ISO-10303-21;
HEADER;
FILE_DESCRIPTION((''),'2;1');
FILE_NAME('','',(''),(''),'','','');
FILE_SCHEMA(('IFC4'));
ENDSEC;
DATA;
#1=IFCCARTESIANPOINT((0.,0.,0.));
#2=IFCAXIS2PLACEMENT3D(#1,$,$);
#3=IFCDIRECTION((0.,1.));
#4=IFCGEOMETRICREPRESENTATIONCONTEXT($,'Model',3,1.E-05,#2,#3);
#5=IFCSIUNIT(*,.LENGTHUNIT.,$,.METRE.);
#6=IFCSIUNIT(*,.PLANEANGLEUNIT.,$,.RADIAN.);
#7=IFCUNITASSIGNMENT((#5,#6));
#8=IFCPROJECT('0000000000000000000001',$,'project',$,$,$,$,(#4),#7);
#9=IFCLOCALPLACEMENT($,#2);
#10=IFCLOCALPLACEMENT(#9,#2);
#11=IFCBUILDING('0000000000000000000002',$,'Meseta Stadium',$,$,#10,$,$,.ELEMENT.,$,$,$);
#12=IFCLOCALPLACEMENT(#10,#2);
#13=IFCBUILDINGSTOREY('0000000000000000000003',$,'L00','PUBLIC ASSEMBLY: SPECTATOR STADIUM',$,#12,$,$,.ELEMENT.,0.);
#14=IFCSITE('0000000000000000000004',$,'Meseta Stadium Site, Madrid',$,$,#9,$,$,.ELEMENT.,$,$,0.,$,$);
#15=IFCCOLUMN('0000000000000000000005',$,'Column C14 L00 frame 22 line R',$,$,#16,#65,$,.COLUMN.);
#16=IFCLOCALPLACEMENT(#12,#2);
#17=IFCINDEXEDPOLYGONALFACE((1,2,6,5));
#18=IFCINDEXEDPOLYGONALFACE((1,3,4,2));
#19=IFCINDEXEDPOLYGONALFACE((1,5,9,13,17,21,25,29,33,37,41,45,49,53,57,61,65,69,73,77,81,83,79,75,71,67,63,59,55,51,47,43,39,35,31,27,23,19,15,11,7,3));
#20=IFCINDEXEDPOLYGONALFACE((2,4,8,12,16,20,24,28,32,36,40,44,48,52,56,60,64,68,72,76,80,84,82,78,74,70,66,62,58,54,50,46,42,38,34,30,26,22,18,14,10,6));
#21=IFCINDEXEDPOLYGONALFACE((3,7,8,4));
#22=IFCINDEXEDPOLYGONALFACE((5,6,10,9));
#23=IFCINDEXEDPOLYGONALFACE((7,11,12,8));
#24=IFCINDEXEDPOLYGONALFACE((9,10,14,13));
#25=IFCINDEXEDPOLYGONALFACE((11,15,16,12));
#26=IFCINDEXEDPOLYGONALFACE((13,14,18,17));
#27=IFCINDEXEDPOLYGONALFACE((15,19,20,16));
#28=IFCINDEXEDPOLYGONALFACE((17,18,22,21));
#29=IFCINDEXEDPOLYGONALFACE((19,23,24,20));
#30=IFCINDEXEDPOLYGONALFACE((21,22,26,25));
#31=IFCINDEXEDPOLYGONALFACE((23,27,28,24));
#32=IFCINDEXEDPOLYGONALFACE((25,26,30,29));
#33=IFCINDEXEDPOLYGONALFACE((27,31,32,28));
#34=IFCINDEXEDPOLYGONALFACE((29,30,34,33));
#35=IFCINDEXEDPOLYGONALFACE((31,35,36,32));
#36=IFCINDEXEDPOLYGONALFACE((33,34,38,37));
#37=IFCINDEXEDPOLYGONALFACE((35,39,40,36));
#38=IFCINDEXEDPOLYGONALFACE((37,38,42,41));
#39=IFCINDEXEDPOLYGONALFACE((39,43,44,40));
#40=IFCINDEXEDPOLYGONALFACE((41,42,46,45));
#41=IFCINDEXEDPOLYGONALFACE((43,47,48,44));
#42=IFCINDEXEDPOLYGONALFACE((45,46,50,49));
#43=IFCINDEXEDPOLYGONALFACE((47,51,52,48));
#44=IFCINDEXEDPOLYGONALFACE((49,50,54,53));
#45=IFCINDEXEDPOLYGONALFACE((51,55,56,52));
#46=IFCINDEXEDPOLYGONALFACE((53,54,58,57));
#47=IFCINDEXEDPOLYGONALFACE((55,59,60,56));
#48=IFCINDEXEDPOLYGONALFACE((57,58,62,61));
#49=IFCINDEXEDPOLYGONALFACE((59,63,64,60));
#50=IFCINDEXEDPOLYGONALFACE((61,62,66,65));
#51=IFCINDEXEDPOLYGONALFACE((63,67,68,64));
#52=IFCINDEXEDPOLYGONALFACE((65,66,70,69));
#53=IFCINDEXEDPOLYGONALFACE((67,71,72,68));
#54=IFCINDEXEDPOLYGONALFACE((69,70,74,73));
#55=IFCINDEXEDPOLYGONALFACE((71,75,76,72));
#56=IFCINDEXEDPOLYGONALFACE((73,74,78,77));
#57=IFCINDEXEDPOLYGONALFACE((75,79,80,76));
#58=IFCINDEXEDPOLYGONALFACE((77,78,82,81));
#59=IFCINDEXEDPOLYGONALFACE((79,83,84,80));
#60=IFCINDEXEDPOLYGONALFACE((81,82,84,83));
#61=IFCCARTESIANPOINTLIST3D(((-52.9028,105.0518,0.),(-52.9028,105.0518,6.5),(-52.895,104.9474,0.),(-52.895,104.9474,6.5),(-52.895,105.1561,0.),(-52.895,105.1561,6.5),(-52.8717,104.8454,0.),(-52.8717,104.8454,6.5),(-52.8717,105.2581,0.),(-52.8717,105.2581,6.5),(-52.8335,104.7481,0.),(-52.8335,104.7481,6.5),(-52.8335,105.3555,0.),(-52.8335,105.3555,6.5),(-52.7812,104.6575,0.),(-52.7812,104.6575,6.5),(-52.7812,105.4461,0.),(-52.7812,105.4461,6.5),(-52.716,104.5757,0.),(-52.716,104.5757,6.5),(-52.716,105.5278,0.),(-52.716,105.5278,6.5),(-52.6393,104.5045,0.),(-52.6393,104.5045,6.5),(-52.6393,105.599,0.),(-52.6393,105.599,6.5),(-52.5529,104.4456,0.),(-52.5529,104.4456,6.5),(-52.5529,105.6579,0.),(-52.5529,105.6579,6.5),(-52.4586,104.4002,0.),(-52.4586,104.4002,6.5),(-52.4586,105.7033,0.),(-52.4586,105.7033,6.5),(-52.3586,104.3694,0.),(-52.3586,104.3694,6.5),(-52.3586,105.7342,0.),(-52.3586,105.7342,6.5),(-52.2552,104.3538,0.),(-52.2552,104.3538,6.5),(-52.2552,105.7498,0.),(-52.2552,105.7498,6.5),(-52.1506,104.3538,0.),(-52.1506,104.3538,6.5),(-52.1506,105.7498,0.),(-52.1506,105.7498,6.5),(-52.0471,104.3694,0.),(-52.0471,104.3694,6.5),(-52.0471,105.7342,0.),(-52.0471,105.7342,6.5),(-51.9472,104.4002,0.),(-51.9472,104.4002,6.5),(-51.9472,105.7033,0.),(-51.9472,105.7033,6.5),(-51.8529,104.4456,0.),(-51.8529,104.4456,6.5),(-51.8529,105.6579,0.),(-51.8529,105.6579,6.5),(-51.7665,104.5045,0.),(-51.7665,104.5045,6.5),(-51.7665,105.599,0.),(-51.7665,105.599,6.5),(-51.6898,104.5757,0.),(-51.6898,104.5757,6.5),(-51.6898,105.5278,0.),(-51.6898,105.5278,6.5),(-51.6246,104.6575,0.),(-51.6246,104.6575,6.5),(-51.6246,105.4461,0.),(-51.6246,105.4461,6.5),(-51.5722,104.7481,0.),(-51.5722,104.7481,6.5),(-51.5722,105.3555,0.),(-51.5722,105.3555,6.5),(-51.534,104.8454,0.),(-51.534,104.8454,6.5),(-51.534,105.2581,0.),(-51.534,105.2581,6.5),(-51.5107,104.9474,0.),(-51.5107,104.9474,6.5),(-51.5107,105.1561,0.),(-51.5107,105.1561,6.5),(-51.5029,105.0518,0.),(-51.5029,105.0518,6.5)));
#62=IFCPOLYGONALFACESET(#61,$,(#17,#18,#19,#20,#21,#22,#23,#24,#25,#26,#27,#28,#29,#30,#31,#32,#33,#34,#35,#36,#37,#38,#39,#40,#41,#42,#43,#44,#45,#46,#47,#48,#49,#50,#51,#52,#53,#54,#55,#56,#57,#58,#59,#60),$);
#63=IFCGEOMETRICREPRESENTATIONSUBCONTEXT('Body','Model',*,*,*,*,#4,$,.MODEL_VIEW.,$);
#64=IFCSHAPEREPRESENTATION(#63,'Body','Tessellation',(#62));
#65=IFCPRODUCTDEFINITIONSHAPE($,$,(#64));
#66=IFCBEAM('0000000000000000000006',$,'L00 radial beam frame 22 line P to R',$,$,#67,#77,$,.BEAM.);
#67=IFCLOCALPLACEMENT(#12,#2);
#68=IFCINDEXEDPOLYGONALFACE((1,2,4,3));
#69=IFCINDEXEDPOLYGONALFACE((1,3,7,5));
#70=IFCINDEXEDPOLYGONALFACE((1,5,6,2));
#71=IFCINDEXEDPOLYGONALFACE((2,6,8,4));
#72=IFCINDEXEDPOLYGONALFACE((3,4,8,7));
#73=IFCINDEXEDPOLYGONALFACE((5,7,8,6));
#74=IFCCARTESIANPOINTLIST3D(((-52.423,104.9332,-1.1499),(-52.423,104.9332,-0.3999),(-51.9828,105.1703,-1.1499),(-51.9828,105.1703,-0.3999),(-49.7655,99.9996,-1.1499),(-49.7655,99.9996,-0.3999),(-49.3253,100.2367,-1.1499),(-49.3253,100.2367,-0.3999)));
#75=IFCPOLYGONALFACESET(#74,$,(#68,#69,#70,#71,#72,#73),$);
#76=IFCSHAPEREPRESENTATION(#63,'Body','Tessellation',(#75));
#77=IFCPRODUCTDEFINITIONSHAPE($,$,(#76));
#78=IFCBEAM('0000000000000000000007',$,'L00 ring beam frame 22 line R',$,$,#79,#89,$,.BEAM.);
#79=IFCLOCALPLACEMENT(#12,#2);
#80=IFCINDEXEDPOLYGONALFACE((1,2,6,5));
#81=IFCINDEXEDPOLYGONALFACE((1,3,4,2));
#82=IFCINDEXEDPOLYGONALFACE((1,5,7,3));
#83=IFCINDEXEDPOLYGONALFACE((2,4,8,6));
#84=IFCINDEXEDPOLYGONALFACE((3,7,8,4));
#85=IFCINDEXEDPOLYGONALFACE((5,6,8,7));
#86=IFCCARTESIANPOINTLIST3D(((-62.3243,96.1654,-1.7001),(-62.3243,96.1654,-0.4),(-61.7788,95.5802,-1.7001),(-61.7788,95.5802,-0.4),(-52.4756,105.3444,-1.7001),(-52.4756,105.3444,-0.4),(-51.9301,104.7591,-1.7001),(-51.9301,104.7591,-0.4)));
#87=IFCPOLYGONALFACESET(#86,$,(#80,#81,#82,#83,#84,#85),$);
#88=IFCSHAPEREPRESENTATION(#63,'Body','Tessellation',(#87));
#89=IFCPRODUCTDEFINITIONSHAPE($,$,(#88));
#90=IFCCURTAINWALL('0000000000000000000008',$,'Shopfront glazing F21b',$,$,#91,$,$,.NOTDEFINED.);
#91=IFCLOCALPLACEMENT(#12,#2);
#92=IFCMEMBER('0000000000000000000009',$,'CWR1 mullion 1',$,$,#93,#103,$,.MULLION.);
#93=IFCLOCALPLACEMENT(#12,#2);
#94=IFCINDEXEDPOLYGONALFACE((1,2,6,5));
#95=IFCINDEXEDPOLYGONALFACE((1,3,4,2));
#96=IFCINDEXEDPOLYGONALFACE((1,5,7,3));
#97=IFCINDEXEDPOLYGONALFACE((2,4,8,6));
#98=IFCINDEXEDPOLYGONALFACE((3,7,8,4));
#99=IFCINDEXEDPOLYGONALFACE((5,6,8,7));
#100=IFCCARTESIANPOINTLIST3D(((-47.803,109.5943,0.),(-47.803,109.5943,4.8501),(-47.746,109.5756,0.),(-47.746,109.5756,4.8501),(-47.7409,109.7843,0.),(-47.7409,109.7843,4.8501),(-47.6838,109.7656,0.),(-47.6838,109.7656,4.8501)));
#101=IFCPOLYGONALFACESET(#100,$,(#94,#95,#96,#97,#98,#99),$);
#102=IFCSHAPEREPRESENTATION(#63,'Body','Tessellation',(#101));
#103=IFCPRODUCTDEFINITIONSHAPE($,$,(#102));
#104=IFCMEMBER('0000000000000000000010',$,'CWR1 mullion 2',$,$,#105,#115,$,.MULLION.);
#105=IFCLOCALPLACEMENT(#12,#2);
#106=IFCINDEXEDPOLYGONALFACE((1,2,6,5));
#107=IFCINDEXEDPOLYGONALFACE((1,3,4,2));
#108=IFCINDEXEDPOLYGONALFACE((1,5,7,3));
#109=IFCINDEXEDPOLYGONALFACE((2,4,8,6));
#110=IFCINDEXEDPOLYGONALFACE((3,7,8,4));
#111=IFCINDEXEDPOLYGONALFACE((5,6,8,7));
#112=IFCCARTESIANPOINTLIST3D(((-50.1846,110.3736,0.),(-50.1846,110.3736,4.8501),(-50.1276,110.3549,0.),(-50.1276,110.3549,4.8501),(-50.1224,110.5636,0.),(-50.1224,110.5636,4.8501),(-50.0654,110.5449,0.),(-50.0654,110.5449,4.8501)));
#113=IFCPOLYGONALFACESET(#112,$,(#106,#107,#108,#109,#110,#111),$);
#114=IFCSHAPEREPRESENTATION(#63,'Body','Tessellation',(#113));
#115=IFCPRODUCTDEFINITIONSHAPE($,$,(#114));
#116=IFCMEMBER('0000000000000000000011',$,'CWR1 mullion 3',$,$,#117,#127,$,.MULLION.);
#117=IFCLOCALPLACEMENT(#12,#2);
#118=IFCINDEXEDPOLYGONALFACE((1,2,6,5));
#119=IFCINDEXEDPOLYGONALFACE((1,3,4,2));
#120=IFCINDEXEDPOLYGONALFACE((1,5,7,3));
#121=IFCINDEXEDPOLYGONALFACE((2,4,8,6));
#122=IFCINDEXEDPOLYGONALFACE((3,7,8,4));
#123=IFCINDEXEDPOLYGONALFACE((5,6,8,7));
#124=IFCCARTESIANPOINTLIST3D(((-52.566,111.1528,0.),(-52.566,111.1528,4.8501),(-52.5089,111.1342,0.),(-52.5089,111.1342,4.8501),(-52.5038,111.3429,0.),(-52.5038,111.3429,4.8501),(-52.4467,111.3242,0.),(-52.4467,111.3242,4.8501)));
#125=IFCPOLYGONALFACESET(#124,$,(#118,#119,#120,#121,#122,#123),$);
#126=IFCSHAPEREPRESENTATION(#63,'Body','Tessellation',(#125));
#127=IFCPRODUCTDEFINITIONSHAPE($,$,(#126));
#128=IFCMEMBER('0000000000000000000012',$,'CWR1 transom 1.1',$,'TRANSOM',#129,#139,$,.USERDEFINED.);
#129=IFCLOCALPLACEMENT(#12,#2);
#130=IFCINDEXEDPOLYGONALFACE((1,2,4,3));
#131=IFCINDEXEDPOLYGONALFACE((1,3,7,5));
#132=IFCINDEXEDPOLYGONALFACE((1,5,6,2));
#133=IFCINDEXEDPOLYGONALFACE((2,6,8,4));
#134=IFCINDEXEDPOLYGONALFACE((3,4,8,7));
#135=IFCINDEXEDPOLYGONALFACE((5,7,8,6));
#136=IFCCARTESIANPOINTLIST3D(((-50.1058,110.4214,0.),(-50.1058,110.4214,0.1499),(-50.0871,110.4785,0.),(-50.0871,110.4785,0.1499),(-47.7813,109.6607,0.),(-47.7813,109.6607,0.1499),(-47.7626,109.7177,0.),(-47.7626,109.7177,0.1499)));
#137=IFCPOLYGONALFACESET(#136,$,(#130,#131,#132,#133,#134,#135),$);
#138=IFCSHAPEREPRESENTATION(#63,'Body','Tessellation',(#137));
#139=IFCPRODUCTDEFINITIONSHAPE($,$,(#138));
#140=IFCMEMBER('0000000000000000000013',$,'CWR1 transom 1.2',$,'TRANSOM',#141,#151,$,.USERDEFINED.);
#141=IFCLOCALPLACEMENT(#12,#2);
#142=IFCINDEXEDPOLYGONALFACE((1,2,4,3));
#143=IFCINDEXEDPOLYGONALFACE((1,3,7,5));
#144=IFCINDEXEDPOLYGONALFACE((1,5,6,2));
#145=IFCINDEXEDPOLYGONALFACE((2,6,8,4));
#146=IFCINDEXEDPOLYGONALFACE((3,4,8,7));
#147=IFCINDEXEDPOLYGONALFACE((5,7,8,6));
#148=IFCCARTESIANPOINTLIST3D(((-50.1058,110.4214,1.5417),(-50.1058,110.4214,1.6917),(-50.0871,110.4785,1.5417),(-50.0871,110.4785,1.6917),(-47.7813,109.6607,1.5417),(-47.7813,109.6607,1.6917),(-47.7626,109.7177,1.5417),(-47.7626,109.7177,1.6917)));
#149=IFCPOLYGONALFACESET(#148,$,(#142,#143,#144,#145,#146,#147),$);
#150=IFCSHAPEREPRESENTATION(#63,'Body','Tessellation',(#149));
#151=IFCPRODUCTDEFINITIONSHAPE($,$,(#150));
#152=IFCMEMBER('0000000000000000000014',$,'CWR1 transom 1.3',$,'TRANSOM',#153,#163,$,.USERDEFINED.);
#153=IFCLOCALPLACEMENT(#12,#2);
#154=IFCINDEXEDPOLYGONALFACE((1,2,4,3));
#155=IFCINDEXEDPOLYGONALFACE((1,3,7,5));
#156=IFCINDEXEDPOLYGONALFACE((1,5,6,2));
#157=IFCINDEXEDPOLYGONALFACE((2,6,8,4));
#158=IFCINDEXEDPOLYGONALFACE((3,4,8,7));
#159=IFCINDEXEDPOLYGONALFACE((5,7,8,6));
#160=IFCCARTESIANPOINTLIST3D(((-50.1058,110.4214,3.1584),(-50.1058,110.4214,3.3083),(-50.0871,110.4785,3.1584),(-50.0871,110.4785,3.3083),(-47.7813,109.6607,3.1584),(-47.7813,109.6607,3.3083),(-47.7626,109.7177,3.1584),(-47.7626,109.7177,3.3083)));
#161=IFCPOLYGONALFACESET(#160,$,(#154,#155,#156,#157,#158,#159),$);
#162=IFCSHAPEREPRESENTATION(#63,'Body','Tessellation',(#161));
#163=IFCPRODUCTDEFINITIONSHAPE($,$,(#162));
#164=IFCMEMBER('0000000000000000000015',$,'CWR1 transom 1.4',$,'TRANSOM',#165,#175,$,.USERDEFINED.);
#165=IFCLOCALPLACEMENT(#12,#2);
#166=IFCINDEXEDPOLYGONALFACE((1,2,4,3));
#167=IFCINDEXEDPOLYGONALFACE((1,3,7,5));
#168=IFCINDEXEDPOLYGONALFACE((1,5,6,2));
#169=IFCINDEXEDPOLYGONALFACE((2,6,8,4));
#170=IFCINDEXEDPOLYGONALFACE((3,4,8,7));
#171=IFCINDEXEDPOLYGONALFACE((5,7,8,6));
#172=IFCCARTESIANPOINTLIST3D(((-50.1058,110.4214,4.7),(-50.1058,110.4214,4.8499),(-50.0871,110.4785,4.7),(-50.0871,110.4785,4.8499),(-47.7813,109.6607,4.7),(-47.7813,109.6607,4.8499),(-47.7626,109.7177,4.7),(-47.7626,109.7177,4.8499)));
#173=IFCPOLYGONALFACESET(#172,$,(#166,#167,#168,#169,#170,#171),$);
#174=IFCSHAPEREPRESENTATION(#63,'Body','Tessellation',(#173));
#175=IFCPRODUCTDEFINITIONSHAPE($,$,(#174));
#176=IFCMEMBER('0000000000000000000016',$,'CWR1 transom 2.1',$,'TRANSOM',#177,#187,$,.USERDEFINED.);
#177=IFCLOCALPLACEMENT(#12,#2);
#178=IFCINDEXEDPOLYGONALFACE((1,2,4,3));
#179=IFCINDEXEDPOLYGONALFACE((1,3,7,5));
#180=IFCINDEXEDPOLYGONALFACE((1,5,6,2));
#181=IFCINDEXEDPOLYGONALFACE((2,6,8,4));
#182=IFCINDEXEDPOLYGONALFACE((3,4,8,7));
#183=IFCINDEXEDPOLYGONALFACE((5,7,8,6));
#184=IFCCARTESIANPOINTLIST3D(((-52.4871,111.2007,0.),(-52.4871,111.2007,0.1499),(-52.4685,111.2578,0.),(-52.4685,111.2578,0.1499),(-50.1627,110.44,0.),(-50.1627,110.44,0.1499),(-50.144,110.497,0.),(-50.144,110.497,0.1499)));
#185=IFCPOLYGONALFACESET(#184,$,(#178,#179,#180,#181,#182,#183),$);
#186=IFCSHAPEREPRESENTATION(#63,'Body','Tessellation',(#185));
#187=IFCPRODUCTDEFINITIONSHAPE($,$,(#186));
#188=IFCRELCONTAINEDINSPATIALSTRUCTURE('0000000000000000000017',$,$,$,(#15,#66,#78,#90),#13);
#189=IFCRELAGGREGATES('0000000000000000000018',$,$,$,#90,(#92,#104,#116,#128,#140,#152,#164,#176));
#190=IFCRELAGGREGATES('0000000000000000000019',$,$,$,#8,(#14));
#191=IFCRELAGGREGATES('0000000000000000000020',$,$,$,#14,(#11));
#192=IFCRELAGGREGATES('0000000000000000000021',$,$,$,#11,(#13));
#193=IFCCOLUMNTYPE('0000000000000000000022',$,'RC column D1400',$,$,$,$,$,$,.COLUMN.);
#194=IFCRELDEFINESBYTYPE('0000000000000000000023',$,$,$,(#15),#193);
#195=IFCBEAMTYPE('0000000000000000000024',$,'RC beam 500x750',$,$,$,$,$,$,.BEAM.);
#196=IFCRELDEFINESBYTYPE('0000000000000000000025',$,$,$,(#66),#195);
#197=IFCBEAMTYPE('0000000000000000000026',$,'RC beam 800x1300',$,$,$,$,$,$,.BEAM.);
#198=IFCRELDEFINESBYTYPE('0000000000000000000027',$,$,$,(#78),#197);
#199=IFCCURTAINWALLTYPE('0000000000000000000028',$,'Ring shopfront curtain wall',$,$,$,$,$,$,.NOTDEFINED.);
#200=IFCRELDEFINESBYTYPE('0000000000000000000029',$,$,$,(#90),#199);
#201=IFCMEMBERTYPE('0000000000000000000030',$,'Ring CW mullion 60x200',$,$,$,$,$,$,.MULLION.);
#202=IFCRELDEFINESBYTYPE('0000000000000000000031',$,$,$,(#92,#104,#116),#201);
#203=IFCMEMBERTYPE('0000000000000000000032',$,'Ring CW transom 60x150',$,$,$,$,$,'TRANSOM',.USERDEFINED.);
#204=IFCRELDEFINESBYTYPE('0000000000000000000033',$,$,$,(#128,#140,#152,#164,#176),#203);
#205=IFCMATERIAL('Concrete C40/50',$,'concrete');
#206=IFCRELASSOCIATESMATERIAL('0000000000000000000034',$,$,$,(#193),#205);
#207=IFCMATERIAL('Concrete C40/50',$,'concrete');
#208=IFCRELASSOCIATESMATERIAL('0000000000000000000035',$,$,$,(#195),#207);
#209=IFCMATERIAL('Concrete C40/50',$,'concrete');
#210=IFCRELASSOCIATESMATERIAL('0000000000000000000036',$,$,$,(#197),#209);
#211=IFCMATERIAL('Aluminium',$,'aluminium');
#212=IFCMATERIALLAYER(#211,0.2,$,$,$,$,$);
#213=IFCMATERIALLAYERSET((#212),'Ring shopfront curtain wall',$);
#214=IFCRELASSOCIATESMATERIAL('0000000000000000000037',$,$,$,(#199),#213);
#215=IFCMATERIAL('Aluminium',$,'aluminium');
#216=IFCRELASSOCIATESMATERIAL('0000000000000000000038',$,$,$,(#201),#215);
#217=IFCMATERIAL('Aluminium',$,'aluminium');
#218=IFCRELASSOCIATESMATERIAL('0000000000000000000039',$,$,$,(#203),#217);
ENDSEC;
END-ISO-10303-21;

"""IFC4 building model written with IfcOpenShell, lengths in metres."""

from ifc_helpers import new_model, si_unit, direction, frame, origin, origin_2d, place, context, subcontext, project, spatial, rectangle, circle, extrude, material, layer, layer_set, material_profile, profile_set, type_object, element, aggregate, save


model = new_model("IFC4")

# Units and contexts
model_context = context("Model", 3, precision=1e-05, world=origin(), true_north=direction((0.0, 1.0)))
body_context = subcontext(model_context, "Body", "Model", "MODEL_VIEW")
ifc_project = project(units=[si_unit("LENGTHUNIT", "METRE"), si_unit("PLANEANGLEUNIT", "RADIAN")], contexts=[model_context])

# Site, building, storey
site_placement = place(None, origin())
site = spatial("IfcSite", under=ifc_project, at=site_placement, Name="Meseta Stadium Site, Madrid", CompositionType="ELEMENT", RefElevation=0.0)
building_placement = place(site_placement, origin())
building = spatial("IfcBuilding", under=site, at=building_placement, Name="Meseta Stadium", CompositionType="ELEMENT")
storey_placement = place(building_placement, origin())
storey = spatial("IfcBuildingStorey", under=building, at=storey_placement, Name="L00", Description="PUBLIC ASSEMBLY: SPECTATOR STADIUM", CompositionType="ELEMENT", Elevation=0.0)

# Column
ifc_material_1 = material(Name="Concrete C40/50", Category="concrete")
ifc_material_profile_1 = material_profile(ifc_material_1, circle(Radius=0.7, at=origin_2d()), Name="RC D1400")
ifc_profile_set_1 = profile_set([ifc_material_profile_1], Name="Concrete C40/50")
column_type = type_object("IfcColumnType", Name="RC column D1400", PredefinedType="COLUMN", material=ifc_profile_set_1)
column_placement = place(storey_placement, frame((-52.2029, 105.0518, 0.0), z_axis=(0.0, 0.0, 1.0), x_axis=(1.0, 0.0, 0.0)))
element("IfcColumn", 1, at=column_placement, inside=storey, type_object=column_type, Name="Column C14 L00 frame 22 line R", PredefinedType="COLUMN", context=body_context, shape_type="SweptSolid", body=[
    extrude(circle(Radius=0.7, at=origin_2d()), origin(), (0.0, 0.0, 1.0), 6.5),
])

# Beams
ifc_material_2 = material(Name="Concrete C40/50", Category="concrete")
ifc_material_profile_2 = material_profile(ifc_material_2, rectangle(XDim=0.5, YDim=0.75, at=origin_2d()), Name="RC 500x750")
ifc_profile_set_2 = profile_set([ifc_material_profile_2], Name="Concrete C40/50")
beam_type_1 = type_object("IfcBeamType", Name="RC beam 500x750", PredefinedType="BEAM", material=ifc_profile_set_2)
beam_1_placement = place(storey_placement, frame((-49.5454, 100.1182, -0.7749), z_axis=(-0.474227, 0.880403, 0.0), x_axis=(-0.880403, -0.474227, 0.0)))
element("IfcBeam", 2, at=beam_1_placement, inside=storey, type_object=beam_type_1, Name="L00 radial beam frame 22 line P to R", PredefinedType="BEAM", context=body_context, shape_type="SweptSolid", body=[
    extrude(rectangle(XDim=0.5, YDim=0.75, at=origin_2d()), origin(), (0.0, 0.0, 1.0), 5.6038),
])
ifc_material_3 = material(Name="Concrete C40/50", Category="concrete")
ifc_material_profile_3 = material_profile(ifc_material_3, rectangle(XDim=0.8, YDim=1.3, at=origin_2d()), Name="RC 800x1300")
ifc_profile_set_3 = profile_set([ifc_material_profile_3], Name="Concrete C40/50")
beam_type_2 = type_object("IfcBeamType", Name="RC beam 800x1300", PredefinedType="BEAM", material=ifc_profile_set_3)
beam_2_placement = place(storey_placement, frame((-52.2029, 105.0518, -1.05), z_axis=(-0.731541, -0.681798, 0.0), x_axis=(0.681798, -0.731541, 0.0)))
element("IfcBeam", 3, at=beam_2_placement, inside=storey, type_object=beam_type_2, Name="L00 ring beam frame 22 line R", PredefinedType="BEAM", context=body_context, shape_type="SweptSolid", body=[
    extrude(rectangle(XDim=0.8, YDim=1.3, at=origin_2d()), origin(), (0.0, 0.0, 1.0), 13.4629),
])

# Curtain wall, members
ifc_material_4 = material(Name="Aluminium", Category="aluminium")
ifc_layer_1 = layer(ifc_material_4, 0.2)
ifc_layer_set_1 = layer_set([ifc_layer_1], Name="Ring shopfront curtain wall")
curtain_wall_type = type_object("IfcCurtainWallType", Name="Ring shopfront curtain wall", PredefinedType="NOTDEFINED", material=ifc_layer_set_1)
curtain_wall_placement = place(storey_placement, origin())
curtain_wall = element("IfcCurtainWall", 4, at=curtain_wall_placement, inside=storey, type_object=curtain_wall_type, Name="Shopfront glazing F21b", PredefinedType="NOTDEFINED")
ifc_material_5 = material(Name="Aluminium", Category="aluminium")
ifc_material_profile_4 = material_profile(ifc_material_5, rectangle(XDim=0.2, YDim=0.0601, at=origin_2d()), Name="CW 200x60")
ifc_profile_set_4 = profile_set([ifc_material_profile_4], Name="Aluminium")
member_type_1 = type_object("IfcMemberType", Name="Ring CW mullion 60x200", PredefinedType="MULLION", material=ifc_profile_set_4)
member_1_placement = place(storey_placement, frame((-47.7434, 109.6799, 0.0), z_axis=(0.0, 0.0, 1.0), x_axis=(-0.311041, -0.950396, 0.0)))
member_1 = element("IfcMember", 5, at=member_1_placement, type_object=member_type_1, Name="CWR1 mullion 1", PredefinedType="MULLION", context=body_context, shape_type="SweptSolid", body=[
    extrude(rectangle(XDim=0.2, YDim=0.0601, at=origin_2d()), origin(), (0.0, 0.0, 1.0), 4.8501),
])
member_2_placement = place(storey_placement, frame((-50.125, 110.4592, 0.0), z_axis=(0.0, 0.0, 1.0), x_axis=(-0.311041, -0.950396, 0.0)))
member_2 = element("IfcMember", 6, at=member_2_placement, type_object=member_type_1, Name="CWR1 mullion 2", PredefinedType="MULLION", context=body_context, shape_type="SweptSolid", body=[
    extrude(rectangle(XDim=0.2, YDim=0.0601, at=origin_2d()), origin(), (0.0, 0.0, 1.0), 4.8501),
])
member_3_placement = place(storey_placement, frame((-52.5063, 111.2385, 0.0), z_axis=(0.0, 0.0, 1.0), x_axis=(-0.311041, -0.950396, 0.0)))
member_3 = element("IfcMember", 7, at=member_3_placement, type_object=member_type_1, Name="CWR1 mullion 3", PredefinedType="MULLION", context=body_context, shape_type="SweptSolid", body=[
    extrude(rectangle(XDim=0.2, YDim=0.0601, at=origin_2d()), origin(), (0.0, 0.0, 1.0), 4.8501),
])
ifc_material_6 = material(Name="Aluminium", Category="aluminium")
ifc_material_profile_5 = material_profile(ifc_material_6, rectangle(XDim=0.0601, YDim=0.1499, at=origin_2d()), Name="CW 60x150")
ifc_profile_set_5 = profile_set([ifc_material_profile_5], Name="Aluminium")
member_type_2 = type_object("IfcMemberType", Name="Ring CW transom 60x150", ElementType="TRANSOM", PredefinedType="USERDEFINED", material=ifc_profile_set_5)
member_4_placement = place(storey_placement, frame((-47.772, 109.6892, 0.075), z_axis=(-0.950396, 0.311042, 0.0), x_axis=(-0.311042, -0.950396, 0.0)))
member_4 = element("IfcMember", 8, at=member_4_placement, type_object=member_type_2, Name="CWR1 transom 1.1", ObjectType="TRANSOM", PredefinedType="USERDEFINED", context=body_context, shape_type="SweptSolid", body=[
    extrude(rectangle(XDim=0.0601, YDim=0.1499, at=origin_2d()), origin(), (0.0, 0.0, 1.0), 2.4458),
])
member_5_placement = place(storey_placement, frame((-47.772, 109.6892, 1.6167), z_axis=(-0.950396, 0.311042, 0.0), x_axis=(-0.311042, -0.950396, 0.0)))
member_5 = element("IfcMember", 9, at=member_5_placement, type_object=member_type_2, Name="CWR1 transom 1.2", ObjectType="TRANSOM", PredefinedType="USERDEFINED", context=body_context, shape_type="SweptSolid", body=[
    extrude(rectangle(XDim=0.0601, YDim=0.1499, at=origin_2d()), origin(), (0.0, 0.0, 1.0), 2.4458),
])
member_6_placement = place(storey_placement, frame((-47.772, 109.6892, 3.2334), z_axis=(-0.950396, 0.311042, 0.0), x_axis=(-0.311042, -0.950396, 0.0)))
member_6 = element("IfcMember", 10, at=member_6_placement, type_object=member_type_2, Name="CWR1 transom 1.3", ObjectType="TRANSOM", PredefinedType="USERDEFINED", context=body_context, shape_type="SweptSolid", body=[
    extrude(rectangle(XDim=0.0601, YDim=0.1499, at=origin_2d()), origin(), (0.0, 0.0, 1.0), 2.4458),
])
member_7_placement = place(storey_placement, frame((-47.772, 109.6892, 4.7749), z_axis=(-0.950396, 0.311042, 0.0), x_axis=(-0.311042, -0.950396, 0.0)))
member_7 = element("IfcMember", 11, at=member_7_placement, type_object=member_type_2, Name="CWR1 transom 1.4", ObjectType="TRANSOM", PredefinedType="USERDEFINED", context=body_context, shape_type="SweptSolid", body=[
    extrude(rectangle(XDim=0.0601, YDim=0.1499, at=origin_2d()), origin(), (0.0, 0.0, 1.0), 2.4458),
])
member_8_placement = place(storey_placement, frame((-50.1533, 110.4685, 0.075), z_axis=(-0.950396, 0.311042, 0.0), x_axis=(-0.311042, -0.950396, 0.0)))
member_8 = element("IfcMember", 12, at=member_8_placement, type_object=member_type_2, Name="CWR1 transom 2.1", ObjectType="TRANSOM", PredefinedType="USERDEFINED", context=body_context, shape_type="SweptSolid", body=[
    extrude(rectangle(XDim=0.0601, YDim=0.1499, at=origin_2d()), origin(), (0.0, 0.0, 1.0), 2.4458),
])
aggregate(curtain_wall, [member_1, member_2, member_3, member_4, member_5, member_6, member_7, member_8])

save(model, "model.ifc")
